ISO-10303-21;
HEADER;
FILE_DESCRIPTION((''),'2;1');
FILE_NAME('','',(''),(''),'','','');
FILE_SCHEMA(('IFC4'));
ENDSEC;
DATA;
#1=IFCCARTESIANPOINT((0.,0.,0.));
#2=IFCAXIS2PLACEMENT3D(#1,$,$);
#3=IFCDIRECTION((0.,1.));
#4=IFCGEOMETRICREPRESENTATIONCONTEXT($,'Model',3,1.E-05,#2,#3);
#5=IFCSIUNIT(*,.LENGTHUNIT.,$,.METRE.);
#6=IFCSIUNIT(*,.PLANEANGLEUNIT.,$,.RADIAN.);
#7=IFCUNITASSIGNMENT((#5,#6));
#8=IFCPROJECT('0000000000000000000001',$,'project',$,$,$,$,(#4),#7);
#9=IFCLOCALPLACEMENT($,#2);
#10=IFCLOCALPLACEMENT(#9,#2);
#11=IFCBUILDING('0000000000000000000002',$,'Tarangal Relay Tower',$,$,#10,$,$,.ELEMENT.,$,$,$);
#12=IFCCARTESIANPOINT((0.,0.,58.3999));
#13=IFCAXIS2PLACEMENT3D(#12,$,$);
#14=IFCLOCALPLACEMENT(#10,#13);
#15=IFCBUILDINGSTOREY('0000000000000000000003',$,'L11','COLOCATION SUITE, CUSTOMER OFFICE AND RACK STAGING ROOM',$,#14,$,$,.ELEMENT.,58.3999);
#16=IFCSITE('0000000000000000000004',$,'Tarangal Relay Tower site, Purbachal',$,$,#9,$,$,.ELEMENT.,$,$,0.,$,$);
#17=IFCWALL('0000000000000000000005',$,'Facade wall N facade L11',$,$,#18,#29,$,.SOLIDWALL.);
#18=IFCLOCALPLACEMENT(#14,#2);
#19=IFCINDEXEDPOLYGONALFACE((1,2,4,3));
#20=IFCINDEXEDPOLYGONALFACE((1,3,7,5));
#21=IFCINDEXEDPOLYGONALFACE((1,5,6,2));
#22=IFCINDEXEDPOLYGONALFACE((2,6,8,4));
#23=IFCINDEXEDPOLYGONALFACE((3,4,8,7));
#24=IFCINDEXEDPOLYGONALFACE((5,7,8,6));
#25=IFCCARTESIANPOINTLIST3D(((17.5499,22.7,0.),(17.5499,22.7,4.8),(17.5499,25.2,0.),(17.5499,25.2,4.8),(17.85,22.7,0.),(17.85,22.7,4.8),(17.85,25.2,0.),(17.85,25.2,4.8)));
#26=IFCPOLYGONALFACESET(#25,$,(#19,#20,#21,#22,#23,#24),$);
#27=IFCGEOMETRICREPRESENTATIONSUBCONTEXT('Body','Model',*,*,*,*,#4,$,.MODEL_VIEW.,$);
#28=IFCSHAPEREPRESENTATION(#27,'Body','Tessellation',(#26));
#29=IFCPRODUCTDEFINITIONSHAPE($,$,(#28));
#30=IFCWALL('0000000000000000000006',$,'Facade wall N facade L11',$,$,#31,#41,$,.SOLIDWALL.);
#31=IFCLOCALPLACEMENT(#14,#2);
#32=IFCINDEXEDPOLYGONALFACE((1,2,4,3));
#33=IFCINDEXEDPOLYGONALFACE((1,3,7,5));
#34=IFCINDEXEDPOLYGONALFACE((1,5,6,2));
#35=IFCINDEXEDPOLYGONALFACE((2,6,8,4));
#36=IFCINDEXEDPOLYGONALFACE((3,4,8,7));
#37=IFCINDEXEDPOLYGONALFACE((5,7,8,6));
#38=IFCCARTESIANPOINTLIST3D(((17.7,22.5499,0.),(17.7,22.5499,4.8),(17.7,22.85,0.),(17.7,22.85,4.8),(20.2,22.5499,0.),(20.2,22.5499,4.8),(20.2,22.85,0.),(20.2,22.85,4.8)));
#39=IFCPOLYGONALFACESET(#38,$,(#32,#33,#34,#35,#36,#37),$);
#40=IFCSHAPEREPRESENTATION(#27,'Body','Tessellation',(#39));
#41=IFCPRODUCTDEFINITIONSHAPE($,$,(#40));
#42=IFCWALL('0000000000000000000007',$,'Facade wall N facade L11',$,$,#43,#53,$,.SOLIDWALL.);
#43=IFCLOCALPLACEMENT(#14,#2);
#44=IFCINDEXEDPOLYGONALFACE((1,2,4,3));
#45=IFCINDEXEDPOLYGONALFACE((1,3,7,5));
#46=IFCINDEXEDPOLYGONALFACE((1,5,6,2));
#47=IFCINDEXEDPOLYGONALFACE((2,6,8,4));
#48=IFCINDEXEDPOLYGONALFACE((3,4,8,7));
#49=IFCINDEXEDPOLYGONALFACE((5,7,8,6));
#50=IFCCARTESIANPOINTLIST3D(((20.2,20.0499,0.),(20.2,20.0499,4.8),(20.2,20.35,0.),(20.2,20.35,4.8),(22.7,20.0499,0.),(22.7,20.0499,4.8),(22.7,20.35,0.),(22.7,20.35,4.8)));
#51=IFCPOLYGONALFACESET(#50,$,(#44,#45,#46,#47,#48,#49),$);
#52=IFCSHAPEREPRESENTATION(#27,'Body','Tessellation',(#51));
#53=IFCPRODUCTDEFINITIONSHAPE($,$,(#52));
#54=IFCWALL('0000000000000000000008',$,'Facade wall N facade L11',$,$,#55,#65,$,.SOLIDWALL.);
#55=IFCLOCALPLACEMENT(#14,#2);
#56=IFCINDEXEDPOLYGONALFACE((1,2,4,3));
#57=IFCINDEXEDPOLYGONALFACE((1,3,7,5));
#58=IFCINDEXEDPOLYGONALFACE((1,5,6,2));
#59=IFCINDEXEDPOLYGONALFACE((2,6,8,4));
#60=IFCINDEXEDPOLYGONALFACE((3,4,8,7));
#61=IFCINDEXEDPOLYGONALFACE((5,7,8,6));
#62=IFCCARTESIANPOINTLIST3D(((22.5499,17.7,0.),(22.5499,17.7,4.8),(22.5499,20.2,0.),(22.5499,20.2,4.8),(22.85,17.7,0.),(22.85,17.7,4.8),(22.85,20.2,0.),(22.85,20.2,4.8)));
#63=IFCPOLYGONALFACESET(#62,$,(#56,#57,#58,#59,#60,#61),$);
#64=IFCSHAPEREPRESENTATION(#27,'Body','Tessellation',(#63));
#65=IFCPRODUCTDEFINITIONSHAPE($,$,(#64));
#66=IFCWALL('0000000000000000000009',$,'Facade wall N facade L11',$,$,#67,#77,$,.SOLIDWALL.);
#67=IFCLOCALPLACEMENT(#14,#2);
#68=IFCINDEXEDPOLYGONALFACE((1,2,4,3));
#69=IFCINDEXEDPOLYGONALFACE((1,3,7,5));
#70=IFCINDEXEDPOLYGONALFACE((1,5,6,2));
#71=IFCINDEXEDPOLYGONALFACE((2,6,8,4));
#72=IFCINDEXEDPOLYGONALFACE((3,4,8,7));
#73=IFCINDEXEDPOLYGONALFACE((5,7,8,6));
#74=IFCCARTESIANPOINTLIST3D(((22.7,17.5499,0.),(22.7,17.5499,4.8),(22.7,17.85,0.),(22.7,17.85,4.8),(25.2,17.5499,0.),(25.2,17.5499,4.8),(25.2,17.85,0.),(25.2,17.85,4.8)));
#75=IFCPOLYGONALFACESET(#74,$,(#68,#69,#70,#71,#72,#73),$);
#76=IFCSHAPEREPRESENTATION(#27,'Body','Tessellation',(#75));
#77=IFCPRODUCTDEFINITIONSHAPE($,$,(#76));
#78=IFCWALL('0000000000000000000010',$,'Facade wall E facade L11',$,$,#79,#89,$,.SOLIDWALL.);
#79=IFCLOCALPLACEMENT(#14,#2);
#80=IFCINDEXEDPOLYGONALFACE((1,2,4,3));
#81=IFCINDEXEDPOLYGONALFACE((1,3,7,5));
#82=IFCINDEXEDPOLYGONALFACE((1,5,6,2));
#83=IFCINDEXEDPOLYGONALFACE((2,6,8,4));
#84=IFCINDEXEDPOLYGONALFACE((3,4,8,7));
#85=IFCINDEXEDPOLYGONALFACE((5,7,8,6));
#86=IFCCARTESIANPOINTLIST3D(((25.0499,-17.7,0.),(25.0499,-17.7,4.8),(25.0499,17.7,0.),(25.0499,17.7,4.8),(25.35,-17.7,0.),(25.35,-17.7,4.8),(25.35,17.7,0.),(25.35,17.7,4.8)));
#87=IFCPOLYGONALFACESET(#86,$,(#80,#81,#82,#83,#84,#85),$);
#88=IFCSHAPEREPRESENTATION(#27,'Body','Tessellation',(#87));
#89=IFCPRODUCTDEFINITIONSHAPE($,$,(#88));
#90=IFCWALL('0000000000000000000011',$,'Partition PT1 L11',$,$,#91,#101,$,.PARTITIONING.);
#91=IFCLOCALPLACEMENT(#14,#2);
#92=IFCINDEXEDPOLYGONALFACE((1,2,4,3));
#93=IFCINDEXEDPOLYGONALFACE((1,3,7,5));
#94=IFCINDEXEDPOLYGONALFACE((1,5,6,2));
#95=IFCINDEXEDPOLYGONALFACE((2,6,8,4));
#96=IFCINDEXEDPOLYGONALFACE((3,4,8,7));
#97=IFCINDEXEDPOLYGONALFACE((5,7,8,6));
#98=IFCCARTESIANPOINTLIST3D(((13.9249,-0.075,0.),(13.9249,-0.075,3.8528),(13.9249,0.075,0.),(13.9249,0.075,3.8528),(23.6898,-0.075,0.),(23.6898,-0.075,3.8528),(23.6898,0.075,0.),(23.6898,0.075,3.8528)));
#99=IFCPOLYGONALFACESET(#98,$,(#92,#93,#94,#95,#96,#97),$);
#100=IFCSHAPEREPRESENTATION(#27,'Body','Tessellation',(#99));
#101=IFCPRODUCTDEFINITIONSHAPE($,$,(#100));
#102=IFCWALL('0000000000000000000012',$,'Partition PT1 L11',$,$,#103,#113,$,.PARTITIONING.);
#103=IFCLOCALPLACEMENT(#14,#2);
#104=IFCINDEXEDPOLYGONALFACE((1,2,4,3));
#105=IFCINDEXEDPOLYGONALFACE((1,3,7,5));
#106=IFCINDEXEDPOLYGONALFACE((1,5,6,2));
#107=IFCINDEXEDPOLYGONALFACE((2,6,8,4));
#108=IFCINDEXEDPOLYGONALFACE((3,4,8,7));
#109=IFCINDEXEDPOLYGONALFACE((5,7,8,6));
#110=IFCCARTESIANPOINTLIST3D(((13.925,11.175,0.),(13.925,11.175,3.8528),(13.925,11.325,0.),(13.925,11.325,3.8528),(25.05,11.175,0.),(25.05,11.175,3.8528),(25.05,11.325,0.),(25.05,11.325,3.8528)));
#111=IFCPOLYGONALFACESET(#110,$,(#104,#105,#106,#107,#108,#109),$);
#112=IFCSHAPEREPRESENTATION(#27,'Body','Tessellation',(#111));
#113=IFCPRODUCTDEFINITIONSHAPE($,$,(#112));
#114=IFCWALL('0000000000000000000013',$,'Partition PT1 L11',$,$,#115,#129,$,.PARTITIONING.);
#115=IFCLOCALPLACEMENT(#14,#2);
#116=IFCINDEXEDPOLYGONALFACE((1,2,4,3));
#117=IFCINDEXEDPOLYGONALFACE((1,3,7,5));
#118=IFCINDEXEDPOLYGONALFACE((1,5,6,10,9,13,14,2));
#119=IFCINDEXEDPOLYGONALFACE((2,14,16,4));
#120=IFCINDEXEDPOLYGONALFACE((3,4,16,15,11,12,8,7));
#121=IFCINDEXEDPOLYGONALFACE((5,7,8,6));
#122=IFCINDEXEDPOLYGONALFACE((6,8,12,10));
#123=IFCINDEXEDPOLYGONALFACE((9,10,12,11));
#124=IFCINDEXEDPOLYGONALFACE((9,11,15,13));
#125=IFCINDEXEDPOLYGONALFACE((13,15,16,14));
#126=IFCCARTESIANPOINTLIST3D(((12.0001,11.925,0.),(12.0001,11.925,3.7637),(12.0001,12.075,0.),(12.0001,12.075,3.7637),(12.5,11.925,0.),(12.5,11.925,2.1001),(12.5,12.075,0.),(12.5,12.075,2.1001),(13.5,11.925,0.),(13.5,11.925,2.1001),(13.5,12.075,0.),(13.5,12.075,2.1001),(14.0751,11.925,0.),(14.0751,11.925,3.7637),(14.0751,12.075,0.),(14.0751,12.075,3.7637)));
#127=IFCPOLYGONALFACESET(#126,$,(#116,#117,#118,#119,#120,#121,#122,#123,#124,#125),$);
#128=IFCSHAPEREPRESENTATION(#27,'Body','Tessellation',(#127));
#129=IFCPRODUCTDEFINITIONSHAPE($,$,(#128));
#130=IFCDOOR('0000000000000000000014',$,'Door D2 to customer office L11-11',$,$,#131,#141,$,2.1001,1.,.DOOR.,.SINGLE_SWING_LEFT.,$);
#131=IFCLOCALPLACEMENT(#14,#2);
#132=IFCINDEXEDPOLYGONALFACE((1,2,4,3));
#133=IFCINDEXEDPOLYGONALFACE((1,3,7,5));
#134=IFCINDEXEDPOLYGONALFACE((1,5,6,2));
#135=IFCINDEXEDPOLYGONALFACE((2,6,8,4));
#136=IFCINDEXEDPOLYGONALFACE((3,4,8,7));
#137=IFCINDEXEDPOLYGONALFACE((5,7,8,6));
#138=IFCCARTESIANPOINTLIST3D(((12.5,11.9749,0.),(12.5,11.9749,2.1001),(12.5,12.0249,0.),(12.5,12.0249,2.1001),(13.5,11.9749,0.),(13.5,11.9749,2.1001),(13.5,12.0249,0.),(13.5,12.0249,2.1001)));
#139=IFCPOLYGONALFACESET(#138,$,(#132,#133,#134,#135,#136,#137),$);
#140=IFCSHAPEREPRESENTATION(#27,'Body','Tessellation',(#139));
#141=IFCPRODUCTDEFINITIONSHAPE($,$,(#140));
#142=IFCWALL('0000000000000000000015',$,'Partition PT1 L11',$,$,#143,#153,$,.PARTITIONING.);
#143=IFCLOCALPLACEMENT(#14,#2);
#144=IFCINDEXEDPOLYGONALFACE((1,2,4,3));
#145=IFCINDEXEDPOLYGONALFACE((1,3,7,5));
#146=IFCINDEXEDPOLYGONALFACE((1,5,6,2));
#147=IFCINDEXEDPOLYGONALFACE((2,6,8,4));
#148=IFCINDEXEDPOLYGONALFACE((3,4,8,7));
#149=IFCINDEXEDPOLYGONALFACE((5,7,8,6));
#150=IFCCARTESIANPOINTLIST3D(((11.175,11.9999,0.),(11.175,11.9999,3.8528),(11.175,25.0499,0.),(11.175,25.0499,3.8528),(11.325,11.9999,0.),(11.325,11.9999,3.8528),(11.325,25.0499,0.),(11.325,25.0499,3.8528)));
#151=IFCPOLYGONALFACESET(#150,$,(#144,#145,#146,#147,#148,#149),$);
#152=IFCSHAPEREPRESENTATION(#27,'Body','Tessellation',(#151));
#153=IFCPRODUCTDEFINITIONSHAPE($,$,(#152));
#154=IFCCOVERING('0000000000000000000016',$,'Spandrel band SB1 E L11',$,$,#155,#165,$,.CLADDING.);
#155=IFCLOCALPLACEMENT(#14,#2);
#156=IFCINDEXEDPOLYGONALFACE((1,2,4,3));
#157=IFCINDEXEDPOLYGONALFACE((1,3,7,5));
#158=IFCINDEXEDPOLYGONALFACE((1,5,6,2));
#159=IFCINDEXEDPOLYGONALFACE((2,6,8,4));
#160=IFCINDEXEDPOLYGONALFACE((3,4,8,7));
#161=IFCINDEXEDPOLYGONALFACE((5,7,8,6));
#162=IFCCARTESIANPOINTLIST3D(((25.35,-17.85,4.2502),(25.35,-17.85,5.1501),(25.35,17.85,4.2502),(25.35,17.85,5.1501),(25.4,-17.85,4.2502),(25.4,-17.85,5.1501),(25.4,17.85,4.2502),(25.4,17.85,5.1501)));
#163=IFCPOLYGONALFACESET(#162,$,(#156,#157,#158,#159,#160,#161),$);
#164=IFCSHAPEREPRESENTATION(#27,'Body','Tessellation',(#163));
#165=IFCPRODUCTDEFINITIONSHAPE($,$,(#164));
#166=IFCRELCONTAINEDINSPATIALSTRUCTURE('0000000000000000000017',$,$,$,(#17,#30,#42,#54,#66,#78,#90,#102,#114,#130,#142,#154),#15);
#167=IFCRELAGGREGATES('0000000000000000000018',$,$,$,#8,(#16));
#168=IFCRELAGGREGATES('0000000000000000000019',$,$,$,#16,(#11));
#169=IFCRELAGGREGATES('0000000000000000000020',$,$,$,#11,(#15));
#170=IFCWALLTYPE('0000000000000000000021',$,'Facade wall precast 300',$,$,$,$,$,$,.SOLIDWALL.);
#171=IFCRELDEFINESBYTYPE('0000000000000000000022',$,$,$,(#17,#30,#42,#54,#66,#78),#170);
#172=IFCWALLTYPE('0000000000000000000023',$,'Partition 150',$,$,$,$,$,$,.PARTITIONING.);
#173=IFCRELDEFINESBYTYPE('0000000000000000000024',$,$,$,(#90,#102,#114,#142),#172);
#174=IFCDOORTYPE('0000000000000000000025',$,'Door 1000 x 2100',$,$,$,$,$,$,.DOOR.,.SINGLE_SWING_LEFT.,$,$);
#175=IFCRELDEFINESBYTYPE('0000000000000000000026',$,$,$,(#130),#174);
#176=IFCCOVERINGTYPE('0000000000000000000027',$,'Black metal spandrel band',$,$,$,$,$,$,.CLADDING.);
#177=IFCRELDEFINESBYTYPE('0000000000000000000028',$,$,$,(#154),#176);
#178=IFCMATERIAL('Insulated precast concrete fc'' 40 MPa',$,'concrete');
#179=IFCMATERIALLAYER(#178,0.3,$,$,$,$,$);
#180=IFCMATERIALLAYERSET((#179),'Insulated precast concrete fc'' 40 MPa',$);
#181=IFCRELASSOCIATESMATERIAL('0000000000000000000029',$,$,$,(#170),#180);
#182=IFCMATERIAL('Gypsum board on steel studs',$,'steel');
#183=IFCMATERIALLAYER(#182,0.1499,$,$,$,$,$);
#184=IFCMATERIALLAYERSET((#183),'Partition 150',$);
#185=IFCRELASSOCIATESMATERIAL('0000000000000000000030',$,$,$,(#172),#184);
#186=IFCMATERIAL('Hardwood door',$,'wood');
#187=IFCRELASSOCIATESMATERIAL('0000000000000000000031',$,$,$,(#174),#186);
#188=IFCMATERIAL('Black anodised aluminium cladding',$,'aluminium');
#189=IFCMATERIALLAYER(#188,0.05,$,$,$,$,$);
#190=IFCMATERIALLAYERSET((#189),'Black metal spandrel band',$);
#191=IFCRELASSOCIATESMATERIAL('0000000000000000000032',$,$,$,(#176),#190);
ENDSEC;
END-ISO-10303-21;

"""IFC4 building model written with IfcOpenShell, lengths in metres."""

from ifc_helpers import new_model, si_unit, direction, frame, frame_2d, origin, origin_2d, place, context, subcontext, project, spatial, rectangle, extrude, material, layer, layer_set, type_object, element, fill, save


model = new_model("IFC4")

# Units and contexts
model_context = context("Model", 3, precision=1e-05, world=origin(), true_north=direction((0.0, 1.0)))
body_context = subcontext(model_context, "Body", "Model", "MODEL_VIEW")
ifc_project = project(units=[si_unit("LENGTHUNIT", "METRE"), si_unit("PLANEANGLEUNIT", "RADIAN")], contexts=[model_context])

# Site, building, storey
site_placement = place(None, origin())
site = spatial("IfcSite", under=ifc_project, at=site_placement, Name="Tarangal Relay Tower site, Purbachal", CompositionType="ELEMENT", RefElevation=0.0)
building_placement = place(site_placement, origin())
building = spatial("IfcBuilding", under=site, at=building_placement, Name="Tarangal Relay Tower", CompositionType="ELEMENT")
storey_placement = place(building_placement, frame((0.0, 0.0, 58.3999)))
storey = spatial("IfcBuildingStorey", under=building, at=storey_placement, Name="L11", Description="COLOCATION SUITE, CUSTOMER OFFICE AND RACK STAGING ROOM", CompositionType="ELEMENT", Elevation=58.3999)

# Walls
ifc_material_1 = material(Name="Insulated precast concrete fc' 40 MPa", Category="concrete")
ifc_layer_1 = layer(ifc_material_1, 0.3)
ifc_layer_set_1 = layer_set([ifc_layer_1], Name="Insulated precast concrete fc' 40 MPa")
wall_type_1 = type_object("IfcWallType", Name="Facade wall precast 300", PredefinedType="SOLIDWALL", material=ifc_layer_set_1)
for number, where, z_axis, x_axis, name in (
    (1, (17.7, 25.2, 0.0), (0.0, 0.0, 1.0), (0.0, -1.0, 0.0), "Facade wall N facade L11"),
    (2, (17.7, 22.7, 0.0), (0.0, 0.0, 1.0), (1.0, 0.0, 0.0), "Facade wall N facade L11"),
):
    element("IfcWall", number, at=place(storey_placement, frame(where, z_axis=z_axis, x_axis=x_axis)), inside=storey, type_object=wall_type_1, Name=name, PredefinedType="SOLIDWALL", context=body_context, shape_type="SweptSolid", body=[
        extrude(rectangle(XDim=2.5, YDim=0.3, at=frame_2d((1.25, 0.0))), origin(), (0.0, 0.0, 1.0), 4.8),
    ])

# Walls
for number, where, z_axis, x_axis, name in (
    (3, (20.2, 20.2, 0.0), (0.0, 0.0, 1.0), (1.0, 0.0, 0.0), "Facade wall N facade L11"),
    (4, (22.7, 20.2, 0.0), (0.0, 0.0, 1.0), (0.0, -1.0, 0.0), "Facade wall N facade L11"),
    (5, (22.7, 17.7, 0.0), (0.0, 0.0, 1.0), (1.0, 0.0, 0.0), "Facade wall N facade L11"),
):
    element("IfcWall", number, at=place(storey_placement, frame(where, z_axis=z_axis, x_axis=x_axis)), inside=storey, type_object=wall_type_1, Name=name, PredefinedType="SOLIDWALL", context=body_context, shape_type="SweptSolid", body=[
        extrude(rectangle(XDim=2.5, YDim=0.3, at=frame_2d((1.25, 0.0))), origin(), (0.0, 0.0, 1.0), 4.8),
    ])
wall_1_placement = place(storey_placement, frame((25.2, 17.7, 0.0), z_axis=(0.0, 0.0, 1.0), x_axis=(0.0, -1.0, 0.0)))
element("IfcWall", 6, at=wall_1_placement, inside=storey, type_object=wall_type_1, Name="Facade wall E facade L11", PredefinedType="SOLIDWALL", context=body_context, shape_type="SweptSolid", body=[
    extrude(rectangle(XDim=35.3999, YDim=0.3, at=frame_2d((17.7, 0.0))), origin(), (0.0, 0.0, 1.0), 4.8),
])
ifc_material_2 = material(Name="Gypsum board on steel studs", Category="steel")
ifc_layer_2 = layer(ifc_material_2, 0.1499)
ifc_layer_set_2 = layer_set([ifc_layer_2], Name="Partition 150")
wall_type_2 = type_object("IfcWallType", Name="Partition 150", PredefinedType="PARTITIONING", material=ifc_layer_set_2)
wall_2_placement = place(storey_placement, frame((13.925, 0.0, 0.0), z_axis=(0.0, 0.0, 1.0), x_axis=(1.0, 0.0, 0.0)))
element("IfcWall", 7, at=wall_2_placement, inside=storey, type_object=wall_type_2, Name="Partition PT1 L11", PredefinedType="PARTITIONING", context=body_context, shape_type="SweptSolid", body=[
    extrude(rectangle(XDim=9.7649, YDim=0.1499, at=frame_2d((4.8823, 0.0))), origin(), (0.0, 0.0, 1.0), 3.8528),
])
wall_3_placement = place(storey_placement, frame((13.925, 11.25, 0.0), z_axis=(0.0, 0.0, 1.0), x_axis=(1.0, 0.0, 0.0)))
element("IfcWall", 8, at=wall_3_placement, inside=storey, type_object=wall_type_2, Name="Partition PT1 L11", PredefinedType="PARTITIONING", context=body_context, shape_type="SweptSolid", body=[
    extrude(rectangle(XDim=11.125, YDim=0.1499, at=frame_2d((5.5625, 0.0))), origin(), (0.0, 0.0, 1.0), 3.8528),
])

# Wall, opening, door
wall_4_placement = place(storey_placement, frame((12.0, 12.0, 0.0), z_axis=(0.0, 0.0, 1.0), x_axis=(1.0, 0.0, 0.0)))
wall_4 = element("IfcWall", 9, at=wall_4_placement, inside=storey, type_object=wall_type_2, Name="Partition PT1 L11", PredefinedType="PARTITIONING", context=body_context, shape_type="SweptSolid", body=[
    extrude(rectangle(XDim=2.075, YDim=0.1499, at=frame_2d((1.0376, 0.0))), origin(), (0.0, 0.0, 1.0), 3.7637),
])
opening_1_placement = place(wall_4_placement, frame((0.5, 0.0, 0.0)))
opening_1 = element("IfcOpeningElement", 10, at=opening_1_placement, cuts=wall_4, PredefinedType="OPENING", context=body_context, shape_type="SweptSolid", body=[
    extrude(rectangle(XDim=1.0, YDim=2.1001, at=frame_2d((0.5, 1.05))), frame((0.0, 0.085, 0.0), z_axis=(0.0, -1.0, 0.0), x_axis=(1.0, 0.0, 0.0)), (0.0, 0.0, 1.0), 0.1699),
])
ifc_material_3 = material(Name="Hardwood door", Category="wood")
door_type_1 = type_object("IfcDoorType", Name="Door 1000 x 2100", OperationType="SINGLE_SWING_LEFT", PredefinedType="DOOR", material=ifc_material_3)
door_1_placement = place(opening_1_placement, origin())
door_1 = element("IfcDoor", 11, at=door_1_placement, inside=storey, type_object=door_type_1, Name="Door D2 to customer office L11-11", OperationType="SINGLE_SWING_LEFT", OverallHeight=2.1001, OverallWidth=1.0, PredefinedType="DOOR", context=body_context, shape_type="SweptSolid", body=[
    extrude(rectangle(XDim=1.0, YDim=2.1001, at=frame_2d((0.5, 1.05))), frame((0.0, 0.0249, 0.0), z_axis=(0.0, -1.0, 0.0), x_axis=(1.0, 0.0, 0.0)), (0.0, 0.0, 1.0), 0.05),
])
fill(opening_1, door_1)

# Wall
wall_5_placement = place(storey_placement, frame((11.25, 12.0, 0.0), z_axis=(0.0, 0.0, 1.0), x_axis=(0.0, 1.0, 0.0)))
element("IfcWall", 12, at=wall_5_placement, inside=storey, type_object=wall_type_2, Name="Partition PT1 L11", PredefinedType="PARTITIONING", context=body_context, shape_type="SweptSolid", body=[
    extrude(rectangle(XDim=13.05, YDim=0.1499, at=frame_2d((6.5249, 0.0))), origin(), (0.0, 0.0, 1.0), 3.8528),
])

# Covering
ifc_material_4 = material(Name="Black anodised aluminium cladding", Category="aluminium")
ifc_layer_3 = layer(ifc_material_4, 0.05)
ifc_layer_set_3 = layer_set([ifc_layer_3], Name="Black metal spandrel band")
covering_type = type_object("IfcCoveringType", Name="Black metal spandrel band", PredefinedType="CLADDING", material=ifc_layer_set_3)
covering_placement = place(storey_placement, frame((25.375, 0.0, 4.2502), z_axis=(0.0, 0.0, 1.0), x_axis=(0.0, -1.0, 0.0)))
element("IfcCovering", 13, at=covering_placement, inside=storey, type_object=covering_type, Name="Spandrel band SB1 E L11", PredefinedType="CLADDING", context=body_context, shape_type="SweptSolid", body=[
    extrude(rectangle(XDim=35.7, YDim=0.05, at=origin_2d()), origin(), (0.0, 0.0, 1.0), 0.8999),
])

save(model, "model.ifc")
